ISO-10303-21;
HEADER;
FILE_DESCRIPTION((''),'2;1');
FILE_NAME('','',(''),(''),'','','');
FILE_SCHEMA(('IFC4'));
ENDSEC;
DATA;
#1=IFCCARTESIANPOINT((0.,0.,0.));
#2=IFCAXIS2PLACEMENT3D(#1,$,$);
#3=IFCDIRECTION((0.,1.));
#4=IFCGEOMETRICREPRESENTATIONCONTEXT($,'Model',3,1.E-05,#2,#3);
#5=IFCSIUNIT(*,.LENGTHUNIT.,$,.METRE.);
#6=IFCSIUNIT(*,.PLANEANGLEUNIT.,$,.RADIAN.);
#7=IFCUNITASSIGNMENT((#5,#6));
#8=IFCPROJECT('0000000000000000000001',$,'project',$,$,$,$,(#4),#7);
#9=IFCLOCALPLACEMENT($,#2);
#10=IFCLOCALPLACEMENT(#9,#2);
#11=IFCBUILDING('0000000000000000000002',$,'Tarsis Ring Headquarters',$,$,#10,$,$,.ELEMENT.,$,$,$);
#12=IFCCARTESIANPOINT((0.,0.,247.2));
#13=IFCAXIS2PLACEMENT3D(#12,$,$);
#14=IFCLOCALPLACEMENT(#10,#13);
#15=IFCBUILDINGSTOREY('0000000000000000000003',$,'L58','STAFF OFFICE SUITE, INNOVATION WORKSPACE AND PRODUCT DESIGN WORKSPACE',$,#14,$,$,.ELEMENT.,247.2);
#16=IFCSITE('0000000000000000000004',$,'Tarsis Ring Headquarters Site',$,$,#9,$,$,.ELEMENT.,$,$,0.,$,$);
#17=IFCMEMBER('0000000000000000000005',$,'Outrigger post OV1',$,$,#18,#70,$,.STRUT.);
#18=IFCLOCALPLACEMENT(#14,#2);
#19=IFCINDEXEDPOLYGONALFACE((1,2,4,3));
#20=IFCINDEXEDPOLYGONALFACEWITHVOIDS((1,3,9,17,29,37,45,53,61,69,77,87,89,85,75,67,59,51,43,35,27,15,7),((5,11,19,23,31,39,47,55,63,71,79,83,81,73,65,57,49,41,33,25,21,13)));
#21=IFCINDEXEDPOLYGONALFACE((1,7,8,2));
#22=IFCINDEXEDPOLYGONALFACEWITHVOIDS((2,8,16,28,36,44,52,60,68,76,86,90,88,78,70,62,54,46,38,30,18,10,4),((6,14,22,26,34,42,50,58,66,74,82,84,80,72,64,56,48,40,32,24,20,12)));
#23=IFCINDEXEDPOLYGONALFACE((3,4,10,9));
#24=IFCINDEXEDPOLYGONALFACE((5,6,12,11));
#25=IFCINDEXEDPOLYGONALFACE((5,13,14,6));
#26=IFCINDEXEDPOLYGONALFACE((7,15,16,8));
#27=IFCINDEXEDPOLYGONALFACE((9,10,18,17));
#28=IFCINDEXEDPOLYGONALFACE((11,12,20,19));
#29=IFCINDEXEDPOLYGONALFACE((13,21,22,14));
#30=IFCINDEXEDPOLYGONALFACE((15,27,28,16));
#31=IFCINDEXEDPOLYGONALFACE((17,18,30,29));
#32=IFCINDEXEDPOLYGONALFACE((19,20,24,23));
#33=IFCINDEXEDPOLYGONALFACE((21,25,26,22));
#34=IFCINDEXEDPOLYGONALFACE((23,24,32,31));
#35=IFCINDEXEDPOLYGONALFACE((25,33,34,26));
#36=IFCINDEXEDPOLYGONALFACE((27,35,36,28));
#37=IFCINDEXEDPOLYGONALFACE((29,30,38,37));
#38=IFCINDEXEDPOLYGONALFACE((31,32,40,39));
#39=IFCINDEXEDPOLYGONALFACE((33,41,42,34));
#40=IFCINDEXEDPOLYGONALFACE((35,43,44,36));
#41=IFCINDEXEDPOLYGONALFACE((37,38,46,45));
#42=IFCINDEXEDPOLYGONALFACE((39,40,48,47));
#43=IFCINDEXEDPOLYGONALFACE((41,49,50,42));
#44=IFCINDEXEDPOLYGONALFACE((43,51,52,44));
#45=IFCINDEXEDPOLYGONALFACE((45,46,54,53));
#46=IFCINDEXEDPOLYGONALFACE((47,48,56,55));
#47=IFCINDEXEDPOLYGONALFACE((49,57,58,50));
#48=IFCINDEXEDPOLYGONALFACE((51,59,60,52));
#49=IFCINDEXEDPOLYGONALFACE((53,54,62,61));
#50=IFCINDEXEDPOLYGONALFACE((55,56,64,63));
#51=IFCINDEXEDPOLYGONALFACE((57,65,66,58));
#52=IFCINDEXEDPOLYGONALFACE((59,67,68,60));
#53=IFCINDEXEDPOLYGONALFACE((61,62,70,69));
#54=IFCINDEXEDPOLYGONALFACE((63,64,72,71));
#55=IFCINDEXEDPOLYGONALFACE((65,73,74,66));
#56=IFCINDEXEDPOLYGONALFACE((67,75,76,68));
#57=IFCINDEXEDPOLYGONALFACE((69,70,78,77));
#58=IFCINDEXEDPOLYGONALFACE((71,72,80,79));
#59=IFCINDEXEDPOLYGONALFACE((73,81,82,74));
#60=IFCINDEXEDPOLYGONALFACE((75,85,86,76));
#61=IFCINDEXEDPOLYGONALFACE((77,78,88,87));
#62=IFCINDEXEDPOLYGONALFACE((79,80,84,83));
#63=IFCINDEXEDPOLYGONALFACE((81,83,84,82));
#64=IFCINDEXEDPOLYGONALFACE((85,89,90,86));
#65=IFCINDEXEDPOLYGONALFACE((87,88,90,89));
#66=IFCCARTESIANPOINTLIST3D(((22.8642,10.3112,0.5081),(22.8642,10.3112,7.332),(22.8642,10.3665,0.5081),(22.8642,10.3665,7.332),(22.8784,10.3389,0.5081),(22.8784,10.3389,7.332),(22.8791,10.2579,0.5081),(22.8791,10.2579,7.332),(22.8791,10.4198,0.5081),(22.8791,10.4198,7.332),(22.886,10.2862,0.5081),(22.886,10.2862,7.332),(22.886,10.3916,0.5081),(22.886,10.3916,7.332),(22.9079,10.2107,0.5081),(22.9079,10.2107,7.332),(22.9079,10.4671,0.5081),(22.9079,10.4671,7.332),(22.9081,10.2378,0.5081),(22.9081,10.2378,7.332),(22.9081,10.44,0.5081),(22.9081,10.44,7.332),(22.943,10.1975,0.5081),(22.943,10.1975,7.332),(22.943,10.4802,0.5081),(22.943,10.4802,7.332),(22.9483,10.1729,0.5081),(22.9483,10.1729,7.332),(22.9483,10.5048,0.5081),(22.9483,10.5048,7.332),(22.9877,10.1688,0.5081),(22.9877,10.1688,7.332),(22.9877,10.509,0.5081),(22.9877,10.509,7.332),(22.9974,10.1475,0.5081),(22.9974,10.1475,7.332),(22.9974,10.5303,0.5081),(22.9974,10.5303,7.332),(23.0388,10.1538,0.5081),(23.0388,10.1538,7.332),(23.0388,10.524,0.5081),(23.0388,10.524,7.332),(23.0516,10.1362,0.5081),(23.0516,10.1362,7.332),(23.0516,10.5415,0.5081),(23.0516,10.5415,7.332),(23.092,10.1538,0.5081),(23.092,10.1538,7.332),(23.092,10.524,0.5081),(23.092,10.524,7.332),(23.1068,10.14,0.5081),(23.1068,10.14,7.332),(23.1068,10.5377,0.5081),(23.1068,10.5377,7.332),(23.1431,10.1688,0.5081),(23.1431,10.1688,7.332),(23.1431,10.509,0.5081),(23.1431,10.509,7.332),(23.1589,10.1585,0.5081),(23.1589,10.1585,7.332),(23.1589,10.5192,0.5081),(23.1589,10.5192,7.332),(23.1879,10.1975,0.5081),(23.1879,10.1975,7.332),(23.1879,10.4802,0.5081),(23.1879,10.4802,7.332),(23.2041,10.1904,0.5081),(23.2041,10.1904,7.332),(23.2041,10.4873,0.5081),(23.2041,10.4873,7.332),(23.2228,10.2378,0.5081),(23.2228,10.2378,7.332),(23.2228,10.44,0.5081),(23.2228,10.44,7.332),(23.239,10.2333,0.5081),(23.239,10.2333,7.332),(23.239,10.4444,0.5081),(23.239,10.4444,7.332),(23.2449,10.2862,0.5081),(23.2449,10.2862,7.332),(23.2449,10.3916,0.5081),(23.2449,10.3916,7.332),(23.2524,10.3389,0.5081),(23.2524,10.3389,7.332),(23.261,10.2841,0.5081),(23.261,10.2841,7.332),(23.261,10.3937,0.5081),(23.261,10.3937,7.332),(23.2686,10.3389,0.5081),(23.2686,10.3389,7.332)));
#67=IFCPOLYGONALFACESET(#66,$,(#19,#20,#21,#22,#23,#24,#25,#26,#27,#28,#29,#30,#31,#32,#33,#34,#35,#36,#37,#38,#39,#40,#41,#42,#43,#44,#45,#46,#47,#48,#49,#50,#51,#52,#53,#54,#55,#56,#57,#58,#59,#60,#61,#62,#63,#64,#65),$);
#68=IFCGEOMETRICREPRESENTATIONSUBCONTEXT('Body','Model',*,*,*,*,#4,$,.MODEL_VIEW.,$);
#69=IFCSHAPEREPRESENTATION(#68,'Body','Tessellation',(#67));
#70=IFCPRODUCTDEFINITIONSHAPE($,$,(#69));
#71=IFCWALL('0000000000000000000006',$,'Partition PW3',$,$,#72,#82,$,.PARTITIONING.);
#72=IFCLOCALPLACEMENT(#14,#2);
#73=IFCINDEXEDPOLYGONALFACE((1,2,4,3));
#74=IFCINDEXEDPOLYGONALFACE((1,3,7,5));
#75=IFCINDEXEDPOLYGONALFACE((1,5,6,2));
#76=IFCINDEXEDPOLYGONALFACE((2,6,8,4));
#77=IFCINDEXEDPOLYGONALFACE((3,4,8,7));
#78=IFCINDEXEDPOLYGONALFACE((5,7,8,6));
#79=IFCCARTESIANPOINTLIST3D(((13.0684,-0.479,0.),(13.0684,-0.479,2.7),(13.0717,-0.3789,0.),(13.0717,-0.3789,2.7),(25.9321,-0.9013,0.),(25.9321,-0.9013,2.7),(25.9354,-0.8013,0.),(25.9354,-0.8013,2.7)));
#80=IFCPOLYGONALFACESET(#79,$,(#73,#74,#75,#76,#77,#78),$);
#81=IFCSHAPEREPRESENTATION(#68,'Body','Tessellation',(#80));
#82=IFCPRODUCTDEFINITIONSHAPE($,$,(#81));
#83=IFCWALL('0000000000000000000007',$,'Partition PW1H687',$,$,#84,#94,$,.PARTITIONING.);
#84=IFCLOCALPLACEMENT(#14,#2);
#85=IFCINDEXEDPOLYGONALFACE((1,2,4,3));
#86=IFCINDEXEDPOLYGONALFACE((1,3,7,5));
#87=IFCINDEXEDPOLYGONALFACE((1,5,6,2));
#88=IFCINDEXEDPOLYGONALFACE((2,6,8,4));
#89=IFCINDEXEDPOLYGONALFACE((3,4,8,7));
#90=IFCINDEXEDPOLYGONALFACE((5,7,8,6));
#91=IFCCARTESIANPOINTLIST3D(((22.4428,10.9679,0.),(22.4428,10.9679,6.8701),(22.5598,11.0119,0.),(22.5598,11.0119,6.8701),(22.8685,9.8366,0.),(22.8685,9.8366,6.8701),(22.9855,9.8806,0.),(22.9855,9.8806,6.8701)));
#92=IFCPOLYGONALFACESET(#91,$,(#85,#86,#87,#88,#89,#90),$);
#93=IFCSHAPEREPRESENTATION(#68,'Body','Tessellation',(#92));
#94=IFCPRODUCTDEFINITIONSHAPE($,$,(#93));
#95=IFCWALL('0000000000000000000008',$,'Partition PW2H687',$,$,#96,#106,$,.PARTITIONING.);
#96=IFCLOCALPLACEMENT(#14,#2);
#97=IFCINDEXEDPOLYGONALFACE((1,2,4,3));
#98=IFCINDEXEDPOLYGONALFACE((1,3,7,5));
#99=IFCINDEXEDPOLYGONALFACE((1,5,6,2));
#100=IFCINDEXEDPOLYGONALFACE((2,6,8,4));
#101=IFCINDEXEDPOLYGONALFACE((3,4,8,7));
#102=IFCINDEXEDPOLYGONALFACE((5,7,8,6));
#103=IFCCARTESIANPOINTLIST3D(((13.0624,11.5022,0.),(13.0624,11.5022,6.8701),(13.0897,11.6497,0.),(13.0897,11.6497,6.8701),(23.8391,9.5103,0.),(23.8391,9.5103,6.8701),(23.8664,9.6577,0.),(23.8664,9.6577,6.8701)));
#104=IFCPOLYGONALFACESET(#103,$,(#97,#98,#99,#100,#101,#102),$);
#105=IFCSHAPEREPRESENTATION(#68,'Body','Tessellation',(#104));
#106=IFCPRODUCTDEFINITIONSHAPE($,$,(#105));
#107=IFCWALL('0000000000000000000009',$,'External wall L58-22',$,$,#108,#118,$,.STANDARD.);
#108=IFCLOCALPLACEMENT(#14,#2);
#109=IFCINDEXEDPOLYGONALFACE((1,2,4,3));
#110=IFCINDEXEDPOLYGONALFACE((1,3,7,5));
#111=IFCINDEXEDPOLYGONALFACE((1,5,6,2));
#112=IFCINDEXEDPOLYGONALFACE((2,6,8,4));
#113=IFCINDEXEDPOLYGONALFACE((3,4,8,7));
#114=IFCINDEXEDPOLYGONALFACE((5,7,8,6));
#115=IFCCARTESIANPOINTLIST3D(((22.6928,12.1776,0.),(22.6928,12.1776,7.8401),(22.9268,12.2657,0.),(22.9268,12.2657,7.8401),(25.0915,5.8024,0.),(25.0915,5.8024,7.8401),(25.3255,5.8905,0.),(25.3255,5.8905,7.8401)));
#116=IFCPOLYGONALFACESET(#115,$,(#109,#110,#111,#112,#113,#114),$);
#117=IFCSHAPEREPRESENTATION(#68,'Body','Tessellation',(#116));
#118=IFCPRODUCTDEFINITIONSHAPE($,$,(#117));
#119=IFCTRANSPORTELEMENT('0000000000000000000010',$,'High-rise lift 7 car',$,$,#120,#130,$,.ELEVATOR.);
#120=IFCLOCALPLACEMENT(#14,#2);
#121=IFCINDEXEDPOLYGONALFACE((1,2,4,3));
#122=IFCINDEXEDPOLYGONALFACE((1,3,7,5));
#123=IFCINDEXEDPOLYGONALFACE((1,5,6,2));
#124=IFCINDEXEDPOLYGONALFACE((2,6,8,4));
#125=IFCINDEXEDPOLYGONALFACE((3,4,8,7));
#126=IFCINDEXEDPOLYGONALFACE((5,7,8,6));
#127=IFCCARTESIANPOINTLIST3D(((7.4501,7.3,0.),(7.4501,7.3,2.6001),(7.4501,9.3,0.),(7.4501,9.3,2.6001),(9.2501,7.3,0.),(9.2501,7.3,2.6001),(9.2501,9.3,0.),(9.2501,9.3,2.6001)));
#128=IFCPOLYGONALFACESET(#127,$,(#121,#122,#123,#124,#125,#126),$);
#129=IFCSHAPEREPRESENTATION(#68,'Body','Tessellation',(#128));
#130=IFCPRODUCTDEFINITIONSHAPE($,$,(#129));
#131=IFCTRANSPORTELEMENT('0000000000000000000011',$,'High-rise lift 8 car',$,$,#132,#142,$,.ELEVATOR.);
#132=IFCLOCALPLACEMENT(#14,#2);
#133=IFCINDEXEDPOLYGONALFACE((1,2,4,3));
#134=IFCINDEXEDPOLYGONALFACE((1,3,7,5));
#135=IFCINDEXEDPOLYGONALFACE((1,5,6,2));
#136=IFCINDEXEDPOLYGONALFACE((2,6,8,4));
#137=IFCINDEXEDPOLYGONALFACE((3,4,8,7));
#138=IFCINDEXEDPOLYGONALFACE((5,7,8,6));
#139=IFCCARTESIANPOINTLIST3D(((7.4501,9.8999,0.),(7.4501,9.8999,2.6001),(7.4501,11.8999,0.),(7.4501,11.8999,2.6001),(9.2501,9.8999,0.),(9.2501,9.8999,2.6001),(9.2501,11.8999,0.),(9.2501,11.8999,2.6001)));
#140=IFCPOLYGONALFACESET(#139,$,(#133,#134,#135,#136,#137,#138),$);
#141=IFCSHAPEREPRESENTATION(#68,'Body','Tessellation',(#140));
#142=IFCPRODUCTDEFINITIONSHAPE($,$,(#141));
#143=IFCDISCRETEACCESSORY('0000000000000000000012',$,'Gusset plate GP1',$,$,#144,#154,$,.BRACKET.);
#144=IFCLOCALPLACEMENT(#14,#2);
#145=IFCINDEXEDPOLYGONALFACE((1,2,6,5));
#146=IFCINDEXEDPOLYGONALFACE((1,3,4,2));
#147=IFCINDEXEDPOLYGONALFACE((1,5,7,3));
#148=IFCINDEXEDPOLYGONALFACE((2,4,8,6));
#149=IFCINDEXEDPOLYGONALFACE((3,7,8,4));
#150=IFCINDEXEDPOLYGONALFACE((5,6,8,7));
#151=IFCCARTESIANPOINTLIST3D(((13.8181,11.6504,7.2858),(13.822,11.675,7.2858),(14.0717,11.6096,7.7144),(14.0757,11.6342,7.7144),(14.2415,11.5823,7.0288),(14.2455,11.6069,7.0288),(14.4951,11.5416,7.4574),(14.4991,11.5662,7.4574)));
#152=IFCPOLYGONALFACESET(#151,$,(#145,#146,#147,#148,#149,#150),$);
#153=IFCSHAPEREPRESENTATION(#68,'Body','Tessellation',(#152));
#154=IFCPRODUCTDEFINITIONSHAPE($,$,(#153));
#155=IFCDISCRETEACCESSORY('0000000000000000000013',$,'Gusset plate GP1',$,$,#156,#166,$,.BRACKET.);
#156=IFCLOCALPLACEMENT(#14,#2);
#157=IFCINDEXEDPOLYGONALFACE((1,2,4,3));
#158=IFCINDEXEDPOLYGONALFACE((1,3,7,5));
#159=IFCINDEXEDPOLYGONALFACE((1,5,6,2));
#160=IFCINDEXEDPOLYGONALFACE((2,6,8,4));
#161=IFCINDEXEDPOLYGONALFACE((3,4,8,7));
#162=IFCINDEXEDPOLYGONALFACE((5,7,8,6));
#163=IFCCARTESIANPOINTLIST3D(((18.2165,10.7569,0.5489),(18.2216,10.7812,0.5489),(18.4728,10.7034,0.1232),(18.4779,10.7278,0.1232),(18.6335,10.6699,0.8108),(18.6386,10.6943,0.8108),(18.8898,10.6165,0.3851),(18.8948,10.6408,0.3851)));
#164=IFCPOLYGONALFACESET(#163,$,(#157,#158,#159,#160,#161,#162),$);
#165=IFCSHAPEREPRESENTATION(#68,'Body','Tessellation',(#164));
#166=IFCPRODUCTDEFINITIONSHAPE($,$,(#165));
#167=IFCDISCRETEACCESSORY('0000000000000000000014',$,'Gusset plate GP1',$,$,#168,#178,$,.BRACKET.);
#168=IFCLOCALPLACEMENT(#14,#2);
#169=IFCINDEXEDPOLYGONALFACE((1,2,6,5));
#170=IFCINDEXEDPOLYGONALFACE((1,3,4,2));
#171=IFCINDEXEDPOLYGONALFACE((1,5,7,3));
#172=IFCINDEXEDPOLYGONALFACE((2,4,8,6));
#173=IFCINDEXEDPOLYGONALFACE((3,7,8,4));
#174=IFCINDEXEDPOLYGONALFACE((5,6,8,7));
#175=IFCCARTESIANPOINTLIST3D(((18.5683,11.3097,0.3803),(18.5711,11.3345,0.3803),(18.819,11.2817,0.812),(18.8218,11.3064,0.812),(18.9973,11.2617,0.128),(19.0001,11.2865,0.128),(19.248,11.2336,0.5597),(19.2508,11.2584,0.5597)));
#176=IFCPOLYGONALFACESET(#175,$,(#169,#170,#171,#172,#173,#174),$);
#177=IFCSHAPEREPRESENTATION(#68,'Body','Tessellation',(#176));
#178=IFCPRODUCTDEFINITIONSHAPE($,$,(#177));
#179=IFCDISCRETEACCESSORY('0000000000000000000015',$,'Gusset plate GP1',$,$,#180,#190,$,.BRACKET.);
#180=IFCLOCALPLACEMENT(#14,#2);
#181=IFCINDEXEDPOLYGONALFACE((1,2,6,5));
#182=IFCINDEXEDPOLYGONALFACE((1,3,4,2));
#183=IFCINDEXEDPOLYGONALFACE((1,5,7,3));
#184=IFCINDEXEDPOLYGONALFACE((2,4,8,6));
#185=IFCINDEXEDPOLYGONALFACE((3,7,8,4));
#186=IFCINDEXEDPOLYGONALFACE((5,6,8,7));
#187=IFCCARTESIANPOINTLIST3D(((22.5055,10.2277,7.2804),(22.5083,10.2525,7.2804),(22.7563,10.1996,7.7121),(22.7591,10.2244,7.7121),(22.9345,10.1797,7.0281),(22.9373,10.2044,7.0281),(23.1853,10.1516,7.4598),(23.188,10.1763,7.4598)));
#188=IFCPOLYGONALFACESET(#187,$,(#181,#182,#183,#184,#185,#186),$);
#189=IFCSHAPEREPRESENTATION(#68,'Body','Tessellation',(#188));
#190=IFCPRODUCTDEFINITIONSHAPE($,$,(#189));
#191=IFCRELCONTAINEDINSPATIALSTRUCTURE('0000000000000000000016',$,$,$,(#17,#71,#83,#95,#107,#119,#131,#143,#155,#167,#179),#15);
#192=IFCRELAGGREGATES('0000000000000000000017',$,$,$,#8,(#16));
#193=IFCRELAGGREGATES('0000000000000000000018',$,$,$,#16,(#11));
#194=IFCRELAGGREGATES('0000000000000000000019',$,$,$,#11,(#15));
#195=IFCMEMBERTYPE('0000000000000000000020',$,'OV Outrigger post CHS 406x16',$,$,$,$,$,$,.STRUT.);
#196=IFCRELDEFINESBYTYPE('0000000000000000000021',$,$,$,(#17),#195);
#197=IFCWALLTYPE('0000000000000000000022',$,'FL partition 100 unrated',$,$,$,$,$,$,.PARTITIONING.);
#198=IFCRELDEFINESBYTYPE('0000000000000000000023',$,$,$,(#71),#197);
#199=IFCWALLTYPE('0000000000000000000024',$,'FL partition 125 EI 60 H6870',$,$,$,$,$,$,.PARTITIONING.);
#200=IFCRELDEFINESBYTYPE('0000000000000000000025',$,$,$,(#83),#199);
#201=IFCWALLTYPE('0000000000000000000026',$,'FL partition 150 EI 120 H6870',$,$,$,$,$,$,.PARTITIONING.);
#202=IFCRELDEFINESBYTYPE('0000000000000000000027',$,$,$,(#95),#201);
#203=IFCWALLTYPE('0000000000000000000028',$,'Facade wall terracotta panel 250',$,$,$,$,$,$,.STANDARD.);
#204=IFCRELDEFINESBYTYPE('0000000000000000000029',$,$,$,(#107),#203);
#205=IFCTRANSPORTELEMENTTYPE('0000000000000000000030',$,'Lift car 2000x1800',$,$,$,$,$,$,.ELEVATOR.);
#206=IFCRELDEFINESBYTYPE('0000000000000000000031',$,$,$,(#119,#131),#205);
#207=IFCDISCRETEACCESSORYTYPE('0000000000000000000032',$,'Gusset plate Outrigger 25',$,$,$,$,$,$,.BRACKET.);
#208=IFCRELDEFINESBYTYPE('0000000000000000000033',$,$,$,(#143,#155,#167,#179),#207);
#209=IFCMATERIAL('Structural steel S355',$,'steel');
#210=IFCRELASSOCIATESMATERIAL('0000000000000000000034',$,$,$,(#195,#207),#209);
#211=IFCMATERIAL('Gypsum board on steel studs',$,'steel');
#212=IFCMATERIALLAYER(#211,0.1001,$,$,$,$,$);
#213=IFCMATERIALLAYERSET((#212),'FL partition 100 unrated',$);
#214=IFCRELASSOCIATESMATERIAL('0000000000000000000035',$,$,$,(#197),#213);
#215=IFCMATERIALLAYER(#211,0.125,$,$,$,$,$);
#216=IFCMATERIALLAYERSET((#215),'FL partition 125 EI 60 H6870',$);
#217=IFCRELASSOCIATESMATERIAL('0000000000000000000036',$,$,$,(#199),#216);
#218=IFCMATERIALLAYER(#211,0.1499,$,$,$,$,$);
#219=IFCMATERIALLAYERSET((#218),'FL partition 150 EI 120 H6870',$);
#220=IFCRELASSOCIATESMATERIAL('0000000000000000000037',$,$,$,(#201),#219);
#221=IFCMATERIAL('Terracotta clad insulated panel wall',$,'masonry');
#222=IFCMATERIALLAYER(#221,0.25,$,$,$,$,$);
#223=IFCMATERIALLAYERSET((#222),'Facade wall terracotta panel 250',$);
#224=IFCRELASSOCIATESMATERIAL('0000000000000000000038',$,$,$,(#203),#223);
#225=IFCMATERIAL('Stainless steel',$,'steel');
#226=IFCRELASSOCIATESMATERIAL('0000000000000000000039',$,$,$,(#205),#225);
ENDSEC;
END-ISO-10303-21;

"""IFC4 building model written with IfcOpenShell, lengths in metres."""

from ifc_helpers import new_model, si_unit, direction, frame, frame_2d, origin, origin_2d, place, context, subcontext, project, spatial, rectangle, hollow_circle, extrude, material, layer, layer_set, material_profile, profile_set, type_object, element, save


model = new_model("IFC4")

# Units and contexts
model_context = context("Model", 3, precision=1e-05, world=origin(), true_north=direction((0.0, 1.0)))
body_context = subcontext(model_context, "Body", "Model", "MODEL_VIEW")
ifc_project = project(units=[si_unit("LENGTHUNIT", "METRE"), si_unit("PLANEANGLEUNIT", "RADIAN")], contexts=[model_context])

# Site, building, storey
site_placement = place(None, origin())
site = spatial("IfcSite", under=ifc_project, at=site_placement, Name="Tarsis Ring Headquarters Site", CompositionType="ELEMENT", RefElevation=0.0)
building_placement = place(site_placement, origin())
building = spatial("IfcBuilding", under=site, at=building_placement, Name="Tarsis Ring Headquarters", CompositionType="ELEMENT")
storey_placement = place(building_placement, frame((0.0, 0.0, 247.2)))
storey = spatial("IfcBuildingStorey", under=building, at=storey_placement, Name="L58", Description="STAFF OFFICE SUITE, INNOVATION WORKSPACE AND PRODUCT DESIGN WORKSPACE", CompositionType="ELEMENT", Elevation=247.2)

# Shared definitions
ifc_material_1 = material(Name="Structural steel S355", Category="steel")

# Member
ifc_material_profile_1 = material_profile(ifc_material_1, hollow_circle(Radius=0.2031, WallThickness=0.0161, at=origin_2d()), Name="CHS 406x16")
ifc_profile_set_1 = profile_set([ifc_material_profile_1], Name="Structural steel S355")
member_type_1 = type_object("IfcMemberType", Name="OV Outrigger post CHS 406x16", PredefinedType="STRUT", material=ifc_profile_set_1)
for number, where, z_axis, x_axis, name in (
    (1, (23.0654, 10.3389, 0.5081), (0.0, 0.0, 1.0), (1.0, 0.0, 0.0), "Outrigger post OV1"),
):
    element("IfcMember", number, at=place(storey_placement, frame(where, z_axis=z_axis, x_axis=x_axis)), inside=storey, type_object=member_type_1, Name=name, PredefinedType="STRUT", context=body_context, shape_type="SweptSolid", body=[
        extrude(hollow_circle(Radius=0.2031, WallThickness=0.0161, at=origin_2d()), origin(), (0.0, 0.0, 1.0), 6.824),
    ])

# Walls
ifc_material_2 = material(Name="Gypsum board on steel studs", Category="steel")
ifc_layer_1 = layer(ifc_material_2, 0.1001)
ifc_layer_set_1 = layer_set([ifc_layer_1], Name="FL partition 100 unrated")
wall_type_1 = type_object("IfcWallType", Name="FL partition 100 unrated", PredefinedType="PARTITIONING", material=ifc_layer_set_1)
wall_1_placement = place(storey_placement, frame((13.0701, -0.429, 0.0), z_axis=(0.0, 0.0, 1.0), x_axis=(0.999461, -0.032816, 0.0)))
element("IfcWall", 2, at=wall_1_placement, inside=storey, type_object=wall_type_1, Name="Partition PW3", PredefinedType="PARTITIONING", context=body_context, shape_type="SweptSolid", body=[
    extrude(rectangle(XDim=12.8706, YDim=0.1001, at=frame_2d((6.4353, 0.0))), origin(), (0.0, 0.0, 1.0), 2.7),
])
ifc_layer_2 = layer(ifc_material_2, 0.125)
ifc_layer_set_2 = layer_set([ifc_layer_2], Name="FL partition 125 EI 60 H6870")
wall_type_2 = type_object("IfcWallType", Name="FL partition 125 EI 60 H6870", PredefinedType="PARTITIONING", material=ifc_layer_set_2)
wall_2_placement = place(storey_placement, frame((22.5012, 10.99, 0.0), z_axis=(0.0, 0.0, 1.0), x_axis=(0.35223, -0.935914, 0.0)))
element("IfcWall", 3, at=wall_2_placement, inside=storey, type_object=wall_type_2, Name="Partition PW1H687", PredefinedType="PARTITIONING", context=body_context, shape_type="SweptSolid", body=[
    extrude(rectangle(XDim=1.2087, YDim=0.125, at=frame_2d((0.6045, 0.0))), origin(), (0.0, 0.0, 1.0), 6.8701),
])
ifc_layer_3 = layer(ifc_material_2, 0.1499)
ifc_layer_set_3 = layer_set([ifc_layer_3], Name="FL partition 150 EI 120 H6870")
wall_type_3 = type_object("IfcWallType", Name="FL partition 150 EI 120 H6870", PredefinedType="PARTITIONING", material=ifc_layer_set_3)
wall_3_placement = place(storey_placement, frame((13.0762, 11.5759, 0.0), z_axis=(0.0, 0.0, 1.0), x_axis=(0.983343, -0.181761, 0.0)))
element("IfcWall", 4, at=wall_3_placement, inside=storey, type_object=wall_type_3, Name="Partition PW2H687", PredefinedType="PARTITIONING", context=body_context, shape_type="SweptSolid", body=[
    extrude(rectangle(XDim=10.9592, YDim=0.1499, at=frame_2d((5.4795, 0.0))), origin(), (0.0, 0.0, 1.0), 6.8701),
])
ifc_material_3 = material(Name="Terracotta clad insulated panel wall", Category="masonry")
ifc_layer_4 = layer(ifc_material_3, 0.25)
ifc_layer_set_4 = layer_set([ifc_layer_4], Name="Facade wall terracotta panel 250")
wall_type_4 = type_object("IfcWallType", Name="Facade wall terracotta panel 250", PredefinedType="STANDARD", material=ifc_layer_set_4)
wall_4_placement = place(storey_placement, frame((25.2085, 5.8464, 0.0), z_axis=(0.0, 0.0, 1.0), x_axis=(-0.352148, 0.935944, 0.0)))
element("IfcWall", 5, at=wall_4_placement, inside=storey, type_object=wall_type_4, Name="External wall L58-22", PredefinedType="STANDARD", context=body_context, shape_type="SweptSolid", body=[
    extrude(rectangle(XDim=6.8115, YDim=0.25, at=frame_2d((3.4058, 0.0))), origin(), (0.0, 0.0, 1.0), 7.8401),
])

# Transport elements
ifc_material_4 = material(Name="Stainless steel", Category="steel")
transport_element_type = type_object("IfcTransportElementType", Name="Lift car 2000x1800", PredefinedType="ELEVATOR", material=ifc_material_4)
for number, where, z_axis, x_axis, name in (
    (6, (8.3501, 8.3, 0.0), (0.0, 0.0, 1.0), (1.0, 0.0, 0.0), "High-rise lift 7 car"),
    (7, (8.3501, 10.8999, 0.0), (0.0, 0.0, 1.0), (1.0, 0.0, 0.0), "High-rise lift 8 car"),
):
    element("IfcTransportElement", number, at=place(storey_placement, frame(where, z_axis=z_axis, x_axis=x_axis)), inside=storey, type_object=transport_element_type, Name=name, PredefinedType="ELEVATOR", context=body_context, shape_type="SweptSolid", body=[
        extrude(rectangle(XDim=1.8, YDim=2.0, at=origin_2d()), origin(), (0.0, 0.0, 1.0), 2.6001),
    ])

# Discrete accessories
ifc_material_profile_2 = material_profile(ifc_material_1, rectangle(XDim=0.0249, YDim=0.5, at=origin_2d()), Name="PL 25x500")
ifc_profile_set_2 = profile_set([ifc_material_profile_2], Name="Structural steel S355")
discrete_accessory_type_1 = type_object("IfcDiscreteAccessoryType", Name="Gusset plate Outrigger 25", PredefinedType="BRACKET", material=ifc_profile_set_2)
for number, where, z_axis, x_axis, name in (
    (8, (14.2854, 11.5879, 7.5859), (-0.507527, 0.081576, -0.857765), (-0.158695, -0.987328, 0.0), "Gusset plate GP1"),
    (9, (18.6838, 10.6721, 0.2542), (-0.512836, 0.106963, 0.851797), (-0.204178, -0.978934, 0.0), "Gusset plate GP1"),
):
    element("IfcDiscreteAccessory", number, at=place(storey_placement, frame(where, z_axis=z_axis, x_axis=x_axis)), inside=storey, type_object=discrete_accessory_type_1, Name=name, PredefinedType="BRACKET", context=body_context, shape_type="SweptSolid", body=[
        extrude(rectangle(XDim=0.0249, YDim=0.5, at=origin_2d()), origin(), (0.0, 0.0, 1.0), 0.4998),
    ])
for number, where, z_axis, x_axis, name in (
    (10, (18.7842, 11.2981, 0.2542), (0.501496, -0.056156, 0.863335), (0.111281, 0.993789, 0.0), "Gusset plate GP1"),
    (11, (22.9722, 10.188, 7.5859), (-0.501496, 0.056156, -0.863335), (-0.111281, -0.993789, 0.0), "Gusset plate GP1"),
):
    element("IfcDiscreteAccessory", number, at=place(storey_placement, frame(where, z_axis=z_axis, x_axis=x_axis)), inside=storey, type_object=discrete_accessory_type_1, Name=name, PredefinedType="BRACKET", context=body_context, shape_type="SweptSolid", body=[
        extrude(rectangle(XDim=0.0249, YDim=0.5, at=origin_2d()), origin(), (0.0, 0.0, 1.0), 0.5),
    ])

save(model, "model.ifc")
